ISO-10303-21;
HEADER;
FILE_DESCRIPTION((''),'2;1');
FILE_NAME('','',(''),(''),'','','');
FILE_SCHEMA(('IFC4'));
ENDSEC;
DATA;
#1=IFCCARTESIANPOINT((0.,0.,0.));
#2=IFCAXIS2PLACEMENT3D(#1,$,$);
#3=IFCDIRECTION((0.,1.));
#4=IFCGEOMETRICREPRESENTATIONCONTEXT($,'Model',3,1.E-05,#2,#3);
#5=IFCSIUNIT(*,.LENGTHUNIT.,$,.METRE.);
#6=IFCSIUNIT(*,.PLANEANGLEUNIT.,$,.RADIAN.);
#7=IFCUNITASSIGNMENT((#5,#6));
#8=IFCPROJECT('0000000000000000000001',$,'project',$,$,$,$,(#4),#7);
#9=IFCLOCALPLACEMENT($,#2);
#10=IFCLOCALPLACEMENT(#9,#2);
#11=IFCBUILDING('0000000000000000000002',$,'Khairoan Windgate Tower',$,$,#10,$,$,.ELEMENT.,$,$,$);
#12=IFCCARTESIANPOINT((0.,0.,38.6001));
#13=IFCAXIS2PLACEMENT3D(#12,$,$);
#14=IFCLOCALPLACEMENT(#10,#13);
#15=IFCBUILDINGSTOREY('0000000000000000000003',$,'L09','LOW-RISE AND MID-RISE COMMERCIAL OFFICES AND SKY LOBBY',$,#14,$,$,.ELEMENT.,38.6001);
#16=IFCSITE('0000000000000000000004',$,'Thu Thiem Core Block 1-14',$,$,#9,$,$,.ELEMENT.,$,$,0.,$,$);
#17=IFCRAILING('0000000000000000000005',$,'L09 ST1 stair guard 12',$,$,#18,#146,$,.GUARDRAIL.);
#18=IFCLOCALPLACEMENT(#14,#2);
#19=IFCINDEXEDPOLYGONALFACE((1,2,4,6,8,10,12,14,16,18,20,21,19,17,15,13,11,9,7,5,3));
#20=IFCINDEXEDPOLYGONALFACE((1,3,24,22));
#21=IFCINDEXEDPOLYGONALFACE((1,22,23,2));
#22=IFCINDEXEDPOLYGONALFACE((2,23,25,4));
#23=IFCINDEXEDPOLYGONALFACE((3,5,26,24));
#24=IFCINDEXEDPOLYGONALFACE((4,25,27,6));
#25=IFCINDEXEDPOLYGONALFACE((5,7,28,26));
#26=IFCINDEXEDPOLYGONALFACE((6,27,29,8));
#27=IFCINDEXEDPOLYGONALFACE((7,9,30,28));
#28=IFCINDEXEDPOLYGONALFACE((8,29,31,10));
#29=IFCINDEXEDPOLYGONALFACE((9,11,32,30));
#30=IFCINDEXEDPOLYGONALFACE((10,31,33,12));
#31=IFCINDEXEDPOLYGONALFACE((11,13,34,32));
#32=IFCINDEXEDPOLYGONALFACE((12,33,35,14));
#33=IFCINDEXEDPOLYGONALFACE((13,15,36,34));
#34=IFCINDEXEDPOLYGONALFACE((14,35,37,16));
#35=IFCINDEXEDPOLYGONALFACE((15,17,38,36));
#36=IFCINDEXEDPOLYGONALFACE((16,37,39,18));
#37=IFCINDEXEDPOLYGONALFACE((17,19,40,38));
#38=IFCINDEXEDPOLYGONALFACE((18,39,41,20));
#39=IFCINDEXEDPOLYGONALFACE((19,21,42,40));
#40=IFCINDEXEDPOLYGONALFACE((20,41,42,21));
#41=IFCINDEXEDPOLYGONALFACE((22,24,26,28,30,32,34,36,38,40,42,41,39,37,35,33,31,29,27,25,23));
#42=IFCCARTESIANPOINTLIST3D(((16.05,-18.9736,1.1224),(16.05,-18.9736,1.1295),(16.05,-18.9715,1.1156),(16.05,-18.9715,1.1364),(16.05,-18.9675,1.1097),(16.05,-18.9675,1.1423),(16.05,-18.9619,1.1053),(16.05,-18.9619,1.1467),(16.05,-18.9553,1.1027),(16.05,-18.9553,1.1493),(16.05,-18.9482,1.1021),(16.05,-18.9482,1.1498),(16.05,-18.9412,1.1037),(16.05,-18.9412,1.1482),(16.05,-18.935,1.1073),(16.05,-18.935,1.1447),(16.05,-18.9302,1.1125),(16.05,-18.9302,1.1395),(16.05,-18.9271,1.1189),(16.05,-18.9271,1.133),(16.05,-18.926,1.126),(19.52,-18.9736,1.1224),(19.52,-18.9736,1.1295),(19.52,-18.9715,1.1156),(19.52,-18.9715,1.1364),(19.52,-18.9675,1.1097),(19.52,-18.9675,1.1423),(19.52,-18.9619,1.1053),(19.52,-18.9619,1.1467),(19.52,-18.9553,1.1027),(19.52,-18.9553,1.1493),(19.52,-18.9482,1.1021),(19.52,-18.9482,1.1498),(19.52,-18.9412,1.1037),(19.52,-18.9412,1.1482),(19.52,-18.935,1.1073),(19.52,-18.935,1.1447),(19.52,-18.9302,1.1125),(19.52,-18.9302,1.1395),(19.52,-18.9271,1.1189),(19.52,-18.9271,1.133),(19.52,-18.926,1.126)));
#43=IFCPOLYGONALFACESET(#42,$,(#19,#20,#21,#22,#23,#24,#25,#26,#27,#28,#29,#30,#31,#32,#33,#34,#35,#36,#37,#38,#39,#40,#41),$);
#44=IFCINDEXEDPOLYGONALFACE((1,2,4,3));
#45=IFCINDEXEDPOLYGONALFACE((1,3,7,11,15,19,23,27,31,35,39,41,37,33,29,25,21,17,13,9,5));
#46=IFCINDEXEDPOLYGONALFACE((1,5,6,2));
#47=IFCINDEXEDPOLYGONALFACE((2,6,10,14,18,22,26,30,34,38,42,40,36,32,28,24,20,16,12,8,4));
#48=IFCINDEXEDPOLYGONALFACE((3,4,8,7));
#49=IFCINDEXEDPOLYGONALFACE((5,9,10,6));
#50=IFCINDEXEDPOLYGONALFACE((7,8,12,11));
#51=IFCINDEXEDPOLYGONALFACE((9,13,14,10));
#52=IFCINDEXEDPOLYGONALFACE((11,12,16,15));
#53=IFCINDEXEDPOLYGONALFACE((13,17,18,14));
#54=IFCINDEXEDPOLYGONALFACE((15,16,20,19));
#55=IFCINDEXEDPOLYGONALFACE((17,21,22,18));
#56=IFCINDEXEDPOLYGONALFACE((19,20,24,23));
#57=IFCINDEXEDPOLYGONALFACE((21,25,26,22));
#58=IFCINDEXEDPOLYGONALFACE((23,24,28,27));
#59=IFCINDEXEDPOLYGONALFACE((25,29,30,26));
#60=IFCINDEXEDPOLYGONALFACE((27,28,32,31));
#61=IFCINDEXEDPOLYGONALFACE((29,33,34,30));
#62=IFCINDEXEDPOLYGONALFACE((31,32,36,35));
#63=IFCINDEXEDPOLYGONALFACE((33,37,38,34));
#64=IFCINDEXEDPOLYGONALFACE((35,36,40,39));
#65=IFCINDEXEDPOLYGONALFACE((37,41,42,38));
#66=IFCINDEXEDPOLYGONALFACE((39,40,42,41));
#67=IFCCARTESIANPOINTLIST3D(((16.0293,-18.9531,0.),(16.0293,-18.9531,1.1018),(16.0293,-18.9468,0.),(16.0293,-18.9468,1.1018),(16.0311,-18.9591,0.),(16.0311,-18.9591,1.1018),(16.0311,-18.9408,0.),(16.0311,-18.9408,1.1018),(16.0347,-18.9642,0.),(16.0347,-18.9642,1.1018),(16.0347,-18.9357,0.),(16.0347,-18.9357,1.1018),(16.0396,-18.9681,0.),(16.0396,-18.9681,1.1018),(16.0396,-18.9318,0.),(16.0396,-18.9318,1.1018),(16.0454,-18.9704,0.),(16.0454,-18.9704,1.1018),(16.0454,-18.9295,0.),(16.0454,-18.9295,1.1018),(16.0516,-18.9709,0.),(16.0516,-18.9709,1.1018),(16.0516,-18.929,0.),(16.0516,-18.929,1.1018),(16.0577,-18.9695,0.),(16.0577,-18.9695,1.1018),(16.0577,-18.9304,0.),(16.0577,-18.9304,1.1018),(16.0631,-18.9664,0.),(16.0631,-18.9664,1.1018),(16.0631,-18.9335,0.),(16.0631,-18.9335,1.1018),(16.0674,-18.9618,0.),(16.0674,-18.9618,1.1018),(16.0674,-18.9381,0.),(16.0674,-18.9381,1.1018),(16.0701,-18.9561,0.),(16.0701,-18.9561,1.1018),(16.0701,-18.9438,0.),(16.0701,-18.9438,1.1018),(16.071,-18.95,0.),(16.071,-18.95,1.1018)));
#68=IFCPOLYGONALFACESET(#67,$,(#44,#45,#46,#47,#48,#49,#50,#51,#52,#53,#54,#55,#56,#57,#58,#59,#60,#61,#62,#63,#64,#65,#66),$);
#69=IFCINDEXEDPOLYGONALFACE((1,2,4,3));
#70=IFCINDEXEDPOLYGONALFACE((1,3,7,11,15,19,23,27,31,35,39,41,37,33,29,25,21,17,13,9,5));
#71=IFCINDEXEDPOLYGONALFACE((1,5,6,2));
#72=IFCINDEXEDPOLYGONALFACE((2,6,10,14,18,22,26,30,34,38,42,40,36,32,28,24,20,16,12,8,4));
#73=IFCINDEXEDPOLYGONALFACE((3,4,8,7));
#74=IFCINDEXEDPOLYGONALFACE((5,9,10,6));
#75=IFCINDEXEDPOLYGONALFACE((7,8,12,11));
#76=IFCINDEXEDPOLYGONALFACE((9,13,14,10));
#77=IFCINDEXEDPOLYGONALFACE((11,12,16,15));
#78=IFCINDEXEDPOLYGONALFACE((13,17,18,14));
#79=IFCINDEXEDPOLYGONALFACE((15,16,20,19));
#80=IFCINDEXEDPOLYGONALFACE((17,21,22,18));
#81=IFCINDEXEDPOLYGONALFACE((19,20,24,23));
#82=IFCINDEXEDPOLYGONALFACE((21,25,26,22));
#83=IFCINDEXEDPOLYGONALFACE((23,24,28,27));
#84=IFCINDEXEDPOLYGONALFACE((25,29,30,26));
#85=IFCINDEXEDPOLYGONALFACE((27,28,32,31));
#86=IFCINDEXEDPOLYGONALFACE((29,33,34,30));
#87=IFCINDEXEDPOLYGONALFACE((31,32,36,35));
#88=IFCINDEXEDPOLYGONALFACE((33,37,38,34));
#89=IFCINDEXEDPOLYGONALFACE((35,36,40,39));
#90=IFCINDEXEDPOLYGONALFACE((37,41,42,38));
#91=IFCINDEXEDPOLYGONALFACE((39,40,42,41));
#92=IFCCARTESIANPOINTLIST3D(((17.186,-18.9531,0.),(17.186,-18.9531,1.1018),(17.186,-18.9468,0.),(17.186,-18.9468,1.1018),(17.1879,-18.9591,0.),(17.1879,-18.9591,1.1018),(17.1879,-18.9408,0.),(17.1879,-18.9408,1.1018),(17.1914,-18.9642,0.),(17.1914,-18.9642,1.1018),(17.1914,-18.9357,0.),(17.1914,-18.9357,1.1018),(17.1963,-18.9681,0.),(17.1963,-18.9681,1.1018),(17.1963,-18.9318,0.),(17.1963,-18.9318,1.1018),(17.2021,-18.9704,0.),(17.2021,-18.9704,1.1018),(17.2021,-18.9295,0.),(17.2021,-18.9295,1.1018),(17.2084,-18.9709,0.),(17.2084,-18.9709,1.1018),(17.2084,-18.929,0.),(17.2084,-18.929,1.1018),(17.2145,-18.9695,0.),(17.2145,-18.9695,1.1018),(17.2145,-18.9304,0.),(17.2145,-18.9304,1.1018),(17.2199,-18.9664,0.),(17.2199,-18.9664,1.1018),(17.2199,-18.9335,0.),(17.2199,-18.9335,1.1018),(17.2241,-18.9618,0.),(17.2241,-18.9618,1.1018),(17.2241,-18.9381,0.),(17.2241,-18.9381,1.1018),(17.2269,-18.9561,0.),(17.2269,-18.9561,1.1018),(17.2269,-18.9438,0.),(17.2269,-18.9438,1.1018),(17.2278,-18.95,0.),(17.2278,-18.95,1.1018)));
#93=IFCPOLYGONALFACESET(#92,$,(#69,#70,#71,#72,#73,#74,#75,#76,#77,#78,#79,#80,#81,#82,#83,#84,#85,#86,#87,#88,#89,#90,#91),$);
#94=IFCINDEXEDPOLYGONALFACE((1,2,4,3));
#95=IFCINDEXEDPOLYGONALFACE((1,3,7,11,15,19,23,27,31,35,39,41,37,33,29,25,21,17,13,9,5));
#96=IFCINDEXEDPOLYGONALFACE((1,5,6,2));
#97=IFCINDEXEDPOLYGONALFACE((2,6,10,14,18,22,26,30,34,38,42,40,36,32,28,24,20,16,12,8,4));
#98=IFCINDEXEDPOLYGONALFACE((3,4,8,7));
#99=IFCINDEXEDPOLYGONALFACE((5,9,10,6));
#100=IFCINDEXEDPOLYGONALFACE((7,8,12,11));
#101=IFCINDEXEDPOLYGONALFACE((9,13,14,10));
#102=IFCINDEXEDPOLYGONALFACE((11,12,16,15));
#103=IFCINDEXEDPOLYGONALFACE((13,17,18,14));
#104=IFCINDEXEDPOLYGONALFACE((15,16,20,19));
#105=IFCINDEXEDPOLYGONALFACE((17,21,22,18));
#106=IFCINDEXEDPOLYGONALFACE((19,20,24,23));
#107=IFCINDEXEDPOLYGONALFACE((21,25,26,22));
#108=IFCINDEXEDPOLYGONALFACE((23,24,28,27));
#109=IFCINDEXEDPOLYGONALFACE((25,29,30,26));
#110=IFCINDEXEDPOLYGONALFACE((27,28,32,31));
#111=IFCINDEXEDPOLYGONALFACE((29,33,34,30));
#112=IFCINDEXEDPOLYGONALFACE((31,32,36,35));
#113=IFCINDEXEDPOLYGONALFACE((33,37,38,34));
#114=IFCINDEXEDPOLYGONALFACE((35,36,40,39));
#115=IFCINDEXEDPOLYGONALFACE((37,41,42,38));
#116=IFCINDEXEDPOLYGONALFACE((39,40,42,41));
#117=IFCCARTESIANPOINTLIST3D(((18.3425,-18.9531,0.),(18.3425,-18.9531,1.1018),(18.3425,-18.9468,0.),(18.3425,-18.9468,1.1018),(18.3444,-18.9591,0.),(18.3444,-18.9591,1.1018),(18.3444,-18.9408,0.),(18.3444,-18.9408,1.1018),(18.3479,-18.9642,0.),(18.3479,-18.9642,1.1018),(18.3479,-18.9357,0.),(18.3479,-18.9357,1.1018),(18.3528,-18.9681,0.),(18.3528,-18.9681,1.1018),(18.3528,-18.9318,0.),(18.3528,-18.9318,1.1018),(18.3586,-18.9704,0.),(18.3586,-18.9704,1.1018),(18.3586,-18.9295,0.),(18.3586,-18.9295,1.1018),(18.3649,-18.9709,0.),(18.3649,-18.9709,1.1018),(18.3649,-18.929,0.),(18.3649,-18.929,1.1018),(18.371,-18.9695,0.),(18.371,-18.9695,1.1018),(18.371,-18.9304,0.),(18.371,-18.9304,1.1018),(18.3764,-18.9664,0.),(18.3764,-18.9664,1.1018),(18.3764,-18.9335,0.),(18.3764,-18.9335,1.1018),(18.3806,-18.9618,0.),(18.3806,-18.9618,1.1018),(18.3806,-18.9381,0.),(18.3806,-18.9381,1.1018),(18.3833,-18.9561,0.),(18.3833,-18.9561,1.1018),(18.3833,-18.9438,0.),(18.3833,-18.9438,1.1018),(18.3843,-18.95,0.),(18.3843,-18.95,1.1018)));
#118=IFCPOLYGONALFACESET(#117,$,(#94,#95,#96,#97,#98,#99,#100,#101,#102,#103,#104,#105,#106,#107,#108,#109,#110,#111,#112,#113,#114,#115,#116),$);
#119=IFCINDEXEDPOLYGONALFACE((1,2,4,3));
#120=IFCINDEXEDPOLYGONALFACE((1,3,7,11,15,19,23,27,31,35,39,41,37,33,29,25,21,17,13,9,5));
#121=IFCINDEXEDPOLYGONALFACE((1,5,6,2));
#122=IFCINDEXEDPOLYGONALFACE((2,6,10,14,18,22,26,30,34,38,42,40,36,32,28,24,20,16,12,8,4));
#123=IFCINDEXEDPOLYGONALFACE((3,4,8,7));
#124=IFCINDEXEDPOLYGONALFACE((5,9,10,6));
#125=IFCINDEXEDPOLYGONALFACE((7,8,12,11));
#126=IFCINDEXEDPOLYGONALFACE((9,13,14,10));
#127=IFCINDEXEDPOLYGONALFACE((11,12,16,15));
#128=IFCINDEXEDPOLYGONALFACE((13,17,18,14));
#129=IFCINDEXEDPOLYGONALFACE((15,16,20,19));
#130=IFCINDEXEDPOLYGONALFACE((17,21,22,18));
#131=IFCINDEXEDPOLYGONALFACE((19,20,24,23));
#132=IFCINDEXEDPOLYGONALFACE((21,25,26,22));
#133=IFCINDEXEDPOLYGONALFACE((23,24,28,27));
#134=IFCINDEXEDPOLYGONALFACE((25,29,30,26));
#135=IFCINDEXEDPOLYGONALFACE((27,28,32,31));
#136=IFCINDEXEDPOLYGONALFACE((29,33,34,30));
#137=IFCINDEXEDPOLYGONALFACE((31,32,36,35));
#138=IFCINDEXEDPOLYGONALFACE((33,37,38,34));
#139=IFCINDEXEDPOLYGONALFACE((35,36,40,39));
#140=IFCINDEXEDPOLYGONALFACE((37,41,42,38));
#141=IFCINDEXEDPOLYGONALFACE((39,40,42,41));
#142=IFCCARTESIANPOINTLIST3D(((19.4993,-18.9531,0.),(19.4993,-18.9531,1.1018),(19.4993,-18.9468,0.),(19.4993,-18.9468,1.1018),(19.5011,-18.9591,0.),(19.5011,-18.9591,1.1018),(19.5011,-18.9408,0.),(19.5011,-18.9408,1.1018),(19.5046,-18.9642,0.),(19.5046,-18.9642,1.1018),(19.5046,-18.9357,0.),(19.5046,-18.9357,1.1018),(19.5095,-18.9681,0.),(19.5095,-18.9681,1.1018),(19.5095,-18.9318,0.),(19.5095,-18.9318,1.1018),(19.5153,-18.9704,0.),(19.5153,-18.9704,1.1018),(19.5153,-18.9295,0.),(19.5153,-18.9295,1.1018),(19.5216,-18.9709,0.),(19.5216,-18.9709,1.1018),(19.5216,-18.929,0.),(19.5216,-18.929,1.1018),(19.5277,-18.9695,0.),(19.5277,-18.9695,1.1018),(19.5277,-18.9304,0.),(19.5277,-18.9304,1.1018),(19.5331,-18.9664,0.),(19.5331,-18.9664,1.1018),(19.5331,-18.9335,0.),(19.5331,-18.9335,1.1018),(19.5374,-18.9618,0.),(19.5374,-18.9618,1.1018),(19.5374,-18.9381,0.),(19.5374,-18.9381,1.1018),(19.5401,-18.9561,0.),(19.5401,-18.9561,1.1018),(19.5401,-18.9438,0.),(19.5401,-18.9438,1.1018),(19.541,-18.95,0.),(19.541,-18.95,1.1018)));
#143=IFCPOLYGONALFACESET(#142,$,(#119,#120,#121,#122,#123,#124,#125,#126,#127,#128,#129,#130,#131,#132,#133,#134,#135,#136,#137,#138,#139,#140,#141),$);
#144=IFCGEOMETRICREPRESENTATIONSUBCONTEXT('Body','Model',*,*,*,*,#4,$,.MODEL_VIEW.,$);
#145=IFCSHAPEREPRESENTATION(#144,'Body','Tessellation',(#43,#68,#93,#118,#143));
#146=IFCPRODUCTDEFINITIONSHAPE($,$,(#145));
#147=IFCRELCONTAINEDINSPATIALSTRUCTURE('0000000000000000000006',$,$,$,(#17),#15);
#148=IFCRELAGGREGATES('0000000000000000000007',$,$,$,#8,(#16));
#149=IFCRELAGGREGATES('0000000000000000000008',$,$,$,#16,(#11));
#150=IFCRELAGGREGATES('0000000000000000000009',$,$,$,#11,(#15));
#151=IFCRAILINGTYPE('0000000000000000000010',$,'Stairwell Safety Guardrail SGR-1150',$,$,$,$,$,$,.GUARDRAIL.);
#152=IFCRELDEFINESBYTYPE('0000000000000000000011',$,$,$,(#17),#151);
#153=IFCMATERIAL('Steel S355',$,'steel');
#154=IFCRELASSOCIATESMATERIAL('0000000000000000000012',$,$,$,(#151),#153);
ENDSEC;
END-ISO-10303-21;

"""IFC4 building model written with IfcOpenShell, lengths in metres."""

from ifc_helpers import new_model, si_unit, direction, frame, origin, origin_2d, place, context, subcontext, project, spatial, circle, extrude, material, type_object, element, save


model = new_model("IFC4")

# Units and contexts
model_context = context("Model", 3, precision=1e-05, world=origin(), true_north=direction((0.0, 1.0)))
body_context = subcontext(model_context, "Body", "Model", "MODEL_VIEW")
ifc_project = project(units=[si_unit("LENGTHUNIT", "METRE"), si_unit("PLANEANGLEUNIT", "RADIAN")], contexts=[model_context])

# Site, building, storey
site_placement = place(None, origin())
site = spatial("IfcSite", under=ifc_project, at=site_placement, Name="Thu Thiem Core Block 1-14", CompositionType="ELEMENT", RefElevation=0.0)
building_placement = place(site_placement, origin())
building = spatial("IfcBuilding", under=site, at=building_placement, Name="Khairoan Windgate Tower", CompositionType="ELEMENT")
storey_placement = place(building_placement, frame((0.0, 0.0, 38.6001)))
storey = spatial("IfcBuildingStorey", under=building, at=storey_placement, Name="L09", Description="LOW-RISE AND MID-RISE COMMERCIAL OFFICES AND SKY LOBBY", CompositionType="ELEMENT", Elevation=38.6001)

# Railing
ifc_material_1 = material(Name="Steel S355", Category="steel")
railing_type_1 = type_object("IfcRailingType", Name="Stairwell Safety Guardrail SGR-1150", PredefinedType="GUARDRAIL", material=ifc_material_1)
railing_1_placement = place(storey_placement, frame((16.05, -18.95, 0.0)))
element("IfcRailing", 1, at=railing_1_placement, inside=storey, type_object=railing_type_1, Name="L09 ST1 stair guard 12", PredefinedType="GUARDRAIL", context=body_context, shape_type="SweptSolid", body=[
    extrude(circle(Radius=0.0239, at=origin_2d()), frame((0.0, 0.0, 1.126), z_axis=(1.0, 0.0, 0.0), x_axis=(0.0, 1.0, 0.0)), (0.0, 0.0, 1.0), 3.47),
    extrude(circle(Radius=0.021, at=origin_2d()), origin(), (0.0, 0.0, 1.0), 1.1018),
    extrude(circle(Radius=0.021, at=origin_2d()), frame((1.1567, 0.0, 0.0)), (0.0, 0.0, 1.0), 1.1018),
    extrude(circle(Radius=0.021, at=origin_2d()), frame((2.3132, 0.0, 0.0)), (0.0, 0.0, 1.0), 1.1018),
    extrude(circle(Radius=0.021, at=origin_2d()), frame((3.47, 0.0, 0.0)), (0.0, 0.0, 1.0), 1.1018),
])

save(model, "model.ifc")
